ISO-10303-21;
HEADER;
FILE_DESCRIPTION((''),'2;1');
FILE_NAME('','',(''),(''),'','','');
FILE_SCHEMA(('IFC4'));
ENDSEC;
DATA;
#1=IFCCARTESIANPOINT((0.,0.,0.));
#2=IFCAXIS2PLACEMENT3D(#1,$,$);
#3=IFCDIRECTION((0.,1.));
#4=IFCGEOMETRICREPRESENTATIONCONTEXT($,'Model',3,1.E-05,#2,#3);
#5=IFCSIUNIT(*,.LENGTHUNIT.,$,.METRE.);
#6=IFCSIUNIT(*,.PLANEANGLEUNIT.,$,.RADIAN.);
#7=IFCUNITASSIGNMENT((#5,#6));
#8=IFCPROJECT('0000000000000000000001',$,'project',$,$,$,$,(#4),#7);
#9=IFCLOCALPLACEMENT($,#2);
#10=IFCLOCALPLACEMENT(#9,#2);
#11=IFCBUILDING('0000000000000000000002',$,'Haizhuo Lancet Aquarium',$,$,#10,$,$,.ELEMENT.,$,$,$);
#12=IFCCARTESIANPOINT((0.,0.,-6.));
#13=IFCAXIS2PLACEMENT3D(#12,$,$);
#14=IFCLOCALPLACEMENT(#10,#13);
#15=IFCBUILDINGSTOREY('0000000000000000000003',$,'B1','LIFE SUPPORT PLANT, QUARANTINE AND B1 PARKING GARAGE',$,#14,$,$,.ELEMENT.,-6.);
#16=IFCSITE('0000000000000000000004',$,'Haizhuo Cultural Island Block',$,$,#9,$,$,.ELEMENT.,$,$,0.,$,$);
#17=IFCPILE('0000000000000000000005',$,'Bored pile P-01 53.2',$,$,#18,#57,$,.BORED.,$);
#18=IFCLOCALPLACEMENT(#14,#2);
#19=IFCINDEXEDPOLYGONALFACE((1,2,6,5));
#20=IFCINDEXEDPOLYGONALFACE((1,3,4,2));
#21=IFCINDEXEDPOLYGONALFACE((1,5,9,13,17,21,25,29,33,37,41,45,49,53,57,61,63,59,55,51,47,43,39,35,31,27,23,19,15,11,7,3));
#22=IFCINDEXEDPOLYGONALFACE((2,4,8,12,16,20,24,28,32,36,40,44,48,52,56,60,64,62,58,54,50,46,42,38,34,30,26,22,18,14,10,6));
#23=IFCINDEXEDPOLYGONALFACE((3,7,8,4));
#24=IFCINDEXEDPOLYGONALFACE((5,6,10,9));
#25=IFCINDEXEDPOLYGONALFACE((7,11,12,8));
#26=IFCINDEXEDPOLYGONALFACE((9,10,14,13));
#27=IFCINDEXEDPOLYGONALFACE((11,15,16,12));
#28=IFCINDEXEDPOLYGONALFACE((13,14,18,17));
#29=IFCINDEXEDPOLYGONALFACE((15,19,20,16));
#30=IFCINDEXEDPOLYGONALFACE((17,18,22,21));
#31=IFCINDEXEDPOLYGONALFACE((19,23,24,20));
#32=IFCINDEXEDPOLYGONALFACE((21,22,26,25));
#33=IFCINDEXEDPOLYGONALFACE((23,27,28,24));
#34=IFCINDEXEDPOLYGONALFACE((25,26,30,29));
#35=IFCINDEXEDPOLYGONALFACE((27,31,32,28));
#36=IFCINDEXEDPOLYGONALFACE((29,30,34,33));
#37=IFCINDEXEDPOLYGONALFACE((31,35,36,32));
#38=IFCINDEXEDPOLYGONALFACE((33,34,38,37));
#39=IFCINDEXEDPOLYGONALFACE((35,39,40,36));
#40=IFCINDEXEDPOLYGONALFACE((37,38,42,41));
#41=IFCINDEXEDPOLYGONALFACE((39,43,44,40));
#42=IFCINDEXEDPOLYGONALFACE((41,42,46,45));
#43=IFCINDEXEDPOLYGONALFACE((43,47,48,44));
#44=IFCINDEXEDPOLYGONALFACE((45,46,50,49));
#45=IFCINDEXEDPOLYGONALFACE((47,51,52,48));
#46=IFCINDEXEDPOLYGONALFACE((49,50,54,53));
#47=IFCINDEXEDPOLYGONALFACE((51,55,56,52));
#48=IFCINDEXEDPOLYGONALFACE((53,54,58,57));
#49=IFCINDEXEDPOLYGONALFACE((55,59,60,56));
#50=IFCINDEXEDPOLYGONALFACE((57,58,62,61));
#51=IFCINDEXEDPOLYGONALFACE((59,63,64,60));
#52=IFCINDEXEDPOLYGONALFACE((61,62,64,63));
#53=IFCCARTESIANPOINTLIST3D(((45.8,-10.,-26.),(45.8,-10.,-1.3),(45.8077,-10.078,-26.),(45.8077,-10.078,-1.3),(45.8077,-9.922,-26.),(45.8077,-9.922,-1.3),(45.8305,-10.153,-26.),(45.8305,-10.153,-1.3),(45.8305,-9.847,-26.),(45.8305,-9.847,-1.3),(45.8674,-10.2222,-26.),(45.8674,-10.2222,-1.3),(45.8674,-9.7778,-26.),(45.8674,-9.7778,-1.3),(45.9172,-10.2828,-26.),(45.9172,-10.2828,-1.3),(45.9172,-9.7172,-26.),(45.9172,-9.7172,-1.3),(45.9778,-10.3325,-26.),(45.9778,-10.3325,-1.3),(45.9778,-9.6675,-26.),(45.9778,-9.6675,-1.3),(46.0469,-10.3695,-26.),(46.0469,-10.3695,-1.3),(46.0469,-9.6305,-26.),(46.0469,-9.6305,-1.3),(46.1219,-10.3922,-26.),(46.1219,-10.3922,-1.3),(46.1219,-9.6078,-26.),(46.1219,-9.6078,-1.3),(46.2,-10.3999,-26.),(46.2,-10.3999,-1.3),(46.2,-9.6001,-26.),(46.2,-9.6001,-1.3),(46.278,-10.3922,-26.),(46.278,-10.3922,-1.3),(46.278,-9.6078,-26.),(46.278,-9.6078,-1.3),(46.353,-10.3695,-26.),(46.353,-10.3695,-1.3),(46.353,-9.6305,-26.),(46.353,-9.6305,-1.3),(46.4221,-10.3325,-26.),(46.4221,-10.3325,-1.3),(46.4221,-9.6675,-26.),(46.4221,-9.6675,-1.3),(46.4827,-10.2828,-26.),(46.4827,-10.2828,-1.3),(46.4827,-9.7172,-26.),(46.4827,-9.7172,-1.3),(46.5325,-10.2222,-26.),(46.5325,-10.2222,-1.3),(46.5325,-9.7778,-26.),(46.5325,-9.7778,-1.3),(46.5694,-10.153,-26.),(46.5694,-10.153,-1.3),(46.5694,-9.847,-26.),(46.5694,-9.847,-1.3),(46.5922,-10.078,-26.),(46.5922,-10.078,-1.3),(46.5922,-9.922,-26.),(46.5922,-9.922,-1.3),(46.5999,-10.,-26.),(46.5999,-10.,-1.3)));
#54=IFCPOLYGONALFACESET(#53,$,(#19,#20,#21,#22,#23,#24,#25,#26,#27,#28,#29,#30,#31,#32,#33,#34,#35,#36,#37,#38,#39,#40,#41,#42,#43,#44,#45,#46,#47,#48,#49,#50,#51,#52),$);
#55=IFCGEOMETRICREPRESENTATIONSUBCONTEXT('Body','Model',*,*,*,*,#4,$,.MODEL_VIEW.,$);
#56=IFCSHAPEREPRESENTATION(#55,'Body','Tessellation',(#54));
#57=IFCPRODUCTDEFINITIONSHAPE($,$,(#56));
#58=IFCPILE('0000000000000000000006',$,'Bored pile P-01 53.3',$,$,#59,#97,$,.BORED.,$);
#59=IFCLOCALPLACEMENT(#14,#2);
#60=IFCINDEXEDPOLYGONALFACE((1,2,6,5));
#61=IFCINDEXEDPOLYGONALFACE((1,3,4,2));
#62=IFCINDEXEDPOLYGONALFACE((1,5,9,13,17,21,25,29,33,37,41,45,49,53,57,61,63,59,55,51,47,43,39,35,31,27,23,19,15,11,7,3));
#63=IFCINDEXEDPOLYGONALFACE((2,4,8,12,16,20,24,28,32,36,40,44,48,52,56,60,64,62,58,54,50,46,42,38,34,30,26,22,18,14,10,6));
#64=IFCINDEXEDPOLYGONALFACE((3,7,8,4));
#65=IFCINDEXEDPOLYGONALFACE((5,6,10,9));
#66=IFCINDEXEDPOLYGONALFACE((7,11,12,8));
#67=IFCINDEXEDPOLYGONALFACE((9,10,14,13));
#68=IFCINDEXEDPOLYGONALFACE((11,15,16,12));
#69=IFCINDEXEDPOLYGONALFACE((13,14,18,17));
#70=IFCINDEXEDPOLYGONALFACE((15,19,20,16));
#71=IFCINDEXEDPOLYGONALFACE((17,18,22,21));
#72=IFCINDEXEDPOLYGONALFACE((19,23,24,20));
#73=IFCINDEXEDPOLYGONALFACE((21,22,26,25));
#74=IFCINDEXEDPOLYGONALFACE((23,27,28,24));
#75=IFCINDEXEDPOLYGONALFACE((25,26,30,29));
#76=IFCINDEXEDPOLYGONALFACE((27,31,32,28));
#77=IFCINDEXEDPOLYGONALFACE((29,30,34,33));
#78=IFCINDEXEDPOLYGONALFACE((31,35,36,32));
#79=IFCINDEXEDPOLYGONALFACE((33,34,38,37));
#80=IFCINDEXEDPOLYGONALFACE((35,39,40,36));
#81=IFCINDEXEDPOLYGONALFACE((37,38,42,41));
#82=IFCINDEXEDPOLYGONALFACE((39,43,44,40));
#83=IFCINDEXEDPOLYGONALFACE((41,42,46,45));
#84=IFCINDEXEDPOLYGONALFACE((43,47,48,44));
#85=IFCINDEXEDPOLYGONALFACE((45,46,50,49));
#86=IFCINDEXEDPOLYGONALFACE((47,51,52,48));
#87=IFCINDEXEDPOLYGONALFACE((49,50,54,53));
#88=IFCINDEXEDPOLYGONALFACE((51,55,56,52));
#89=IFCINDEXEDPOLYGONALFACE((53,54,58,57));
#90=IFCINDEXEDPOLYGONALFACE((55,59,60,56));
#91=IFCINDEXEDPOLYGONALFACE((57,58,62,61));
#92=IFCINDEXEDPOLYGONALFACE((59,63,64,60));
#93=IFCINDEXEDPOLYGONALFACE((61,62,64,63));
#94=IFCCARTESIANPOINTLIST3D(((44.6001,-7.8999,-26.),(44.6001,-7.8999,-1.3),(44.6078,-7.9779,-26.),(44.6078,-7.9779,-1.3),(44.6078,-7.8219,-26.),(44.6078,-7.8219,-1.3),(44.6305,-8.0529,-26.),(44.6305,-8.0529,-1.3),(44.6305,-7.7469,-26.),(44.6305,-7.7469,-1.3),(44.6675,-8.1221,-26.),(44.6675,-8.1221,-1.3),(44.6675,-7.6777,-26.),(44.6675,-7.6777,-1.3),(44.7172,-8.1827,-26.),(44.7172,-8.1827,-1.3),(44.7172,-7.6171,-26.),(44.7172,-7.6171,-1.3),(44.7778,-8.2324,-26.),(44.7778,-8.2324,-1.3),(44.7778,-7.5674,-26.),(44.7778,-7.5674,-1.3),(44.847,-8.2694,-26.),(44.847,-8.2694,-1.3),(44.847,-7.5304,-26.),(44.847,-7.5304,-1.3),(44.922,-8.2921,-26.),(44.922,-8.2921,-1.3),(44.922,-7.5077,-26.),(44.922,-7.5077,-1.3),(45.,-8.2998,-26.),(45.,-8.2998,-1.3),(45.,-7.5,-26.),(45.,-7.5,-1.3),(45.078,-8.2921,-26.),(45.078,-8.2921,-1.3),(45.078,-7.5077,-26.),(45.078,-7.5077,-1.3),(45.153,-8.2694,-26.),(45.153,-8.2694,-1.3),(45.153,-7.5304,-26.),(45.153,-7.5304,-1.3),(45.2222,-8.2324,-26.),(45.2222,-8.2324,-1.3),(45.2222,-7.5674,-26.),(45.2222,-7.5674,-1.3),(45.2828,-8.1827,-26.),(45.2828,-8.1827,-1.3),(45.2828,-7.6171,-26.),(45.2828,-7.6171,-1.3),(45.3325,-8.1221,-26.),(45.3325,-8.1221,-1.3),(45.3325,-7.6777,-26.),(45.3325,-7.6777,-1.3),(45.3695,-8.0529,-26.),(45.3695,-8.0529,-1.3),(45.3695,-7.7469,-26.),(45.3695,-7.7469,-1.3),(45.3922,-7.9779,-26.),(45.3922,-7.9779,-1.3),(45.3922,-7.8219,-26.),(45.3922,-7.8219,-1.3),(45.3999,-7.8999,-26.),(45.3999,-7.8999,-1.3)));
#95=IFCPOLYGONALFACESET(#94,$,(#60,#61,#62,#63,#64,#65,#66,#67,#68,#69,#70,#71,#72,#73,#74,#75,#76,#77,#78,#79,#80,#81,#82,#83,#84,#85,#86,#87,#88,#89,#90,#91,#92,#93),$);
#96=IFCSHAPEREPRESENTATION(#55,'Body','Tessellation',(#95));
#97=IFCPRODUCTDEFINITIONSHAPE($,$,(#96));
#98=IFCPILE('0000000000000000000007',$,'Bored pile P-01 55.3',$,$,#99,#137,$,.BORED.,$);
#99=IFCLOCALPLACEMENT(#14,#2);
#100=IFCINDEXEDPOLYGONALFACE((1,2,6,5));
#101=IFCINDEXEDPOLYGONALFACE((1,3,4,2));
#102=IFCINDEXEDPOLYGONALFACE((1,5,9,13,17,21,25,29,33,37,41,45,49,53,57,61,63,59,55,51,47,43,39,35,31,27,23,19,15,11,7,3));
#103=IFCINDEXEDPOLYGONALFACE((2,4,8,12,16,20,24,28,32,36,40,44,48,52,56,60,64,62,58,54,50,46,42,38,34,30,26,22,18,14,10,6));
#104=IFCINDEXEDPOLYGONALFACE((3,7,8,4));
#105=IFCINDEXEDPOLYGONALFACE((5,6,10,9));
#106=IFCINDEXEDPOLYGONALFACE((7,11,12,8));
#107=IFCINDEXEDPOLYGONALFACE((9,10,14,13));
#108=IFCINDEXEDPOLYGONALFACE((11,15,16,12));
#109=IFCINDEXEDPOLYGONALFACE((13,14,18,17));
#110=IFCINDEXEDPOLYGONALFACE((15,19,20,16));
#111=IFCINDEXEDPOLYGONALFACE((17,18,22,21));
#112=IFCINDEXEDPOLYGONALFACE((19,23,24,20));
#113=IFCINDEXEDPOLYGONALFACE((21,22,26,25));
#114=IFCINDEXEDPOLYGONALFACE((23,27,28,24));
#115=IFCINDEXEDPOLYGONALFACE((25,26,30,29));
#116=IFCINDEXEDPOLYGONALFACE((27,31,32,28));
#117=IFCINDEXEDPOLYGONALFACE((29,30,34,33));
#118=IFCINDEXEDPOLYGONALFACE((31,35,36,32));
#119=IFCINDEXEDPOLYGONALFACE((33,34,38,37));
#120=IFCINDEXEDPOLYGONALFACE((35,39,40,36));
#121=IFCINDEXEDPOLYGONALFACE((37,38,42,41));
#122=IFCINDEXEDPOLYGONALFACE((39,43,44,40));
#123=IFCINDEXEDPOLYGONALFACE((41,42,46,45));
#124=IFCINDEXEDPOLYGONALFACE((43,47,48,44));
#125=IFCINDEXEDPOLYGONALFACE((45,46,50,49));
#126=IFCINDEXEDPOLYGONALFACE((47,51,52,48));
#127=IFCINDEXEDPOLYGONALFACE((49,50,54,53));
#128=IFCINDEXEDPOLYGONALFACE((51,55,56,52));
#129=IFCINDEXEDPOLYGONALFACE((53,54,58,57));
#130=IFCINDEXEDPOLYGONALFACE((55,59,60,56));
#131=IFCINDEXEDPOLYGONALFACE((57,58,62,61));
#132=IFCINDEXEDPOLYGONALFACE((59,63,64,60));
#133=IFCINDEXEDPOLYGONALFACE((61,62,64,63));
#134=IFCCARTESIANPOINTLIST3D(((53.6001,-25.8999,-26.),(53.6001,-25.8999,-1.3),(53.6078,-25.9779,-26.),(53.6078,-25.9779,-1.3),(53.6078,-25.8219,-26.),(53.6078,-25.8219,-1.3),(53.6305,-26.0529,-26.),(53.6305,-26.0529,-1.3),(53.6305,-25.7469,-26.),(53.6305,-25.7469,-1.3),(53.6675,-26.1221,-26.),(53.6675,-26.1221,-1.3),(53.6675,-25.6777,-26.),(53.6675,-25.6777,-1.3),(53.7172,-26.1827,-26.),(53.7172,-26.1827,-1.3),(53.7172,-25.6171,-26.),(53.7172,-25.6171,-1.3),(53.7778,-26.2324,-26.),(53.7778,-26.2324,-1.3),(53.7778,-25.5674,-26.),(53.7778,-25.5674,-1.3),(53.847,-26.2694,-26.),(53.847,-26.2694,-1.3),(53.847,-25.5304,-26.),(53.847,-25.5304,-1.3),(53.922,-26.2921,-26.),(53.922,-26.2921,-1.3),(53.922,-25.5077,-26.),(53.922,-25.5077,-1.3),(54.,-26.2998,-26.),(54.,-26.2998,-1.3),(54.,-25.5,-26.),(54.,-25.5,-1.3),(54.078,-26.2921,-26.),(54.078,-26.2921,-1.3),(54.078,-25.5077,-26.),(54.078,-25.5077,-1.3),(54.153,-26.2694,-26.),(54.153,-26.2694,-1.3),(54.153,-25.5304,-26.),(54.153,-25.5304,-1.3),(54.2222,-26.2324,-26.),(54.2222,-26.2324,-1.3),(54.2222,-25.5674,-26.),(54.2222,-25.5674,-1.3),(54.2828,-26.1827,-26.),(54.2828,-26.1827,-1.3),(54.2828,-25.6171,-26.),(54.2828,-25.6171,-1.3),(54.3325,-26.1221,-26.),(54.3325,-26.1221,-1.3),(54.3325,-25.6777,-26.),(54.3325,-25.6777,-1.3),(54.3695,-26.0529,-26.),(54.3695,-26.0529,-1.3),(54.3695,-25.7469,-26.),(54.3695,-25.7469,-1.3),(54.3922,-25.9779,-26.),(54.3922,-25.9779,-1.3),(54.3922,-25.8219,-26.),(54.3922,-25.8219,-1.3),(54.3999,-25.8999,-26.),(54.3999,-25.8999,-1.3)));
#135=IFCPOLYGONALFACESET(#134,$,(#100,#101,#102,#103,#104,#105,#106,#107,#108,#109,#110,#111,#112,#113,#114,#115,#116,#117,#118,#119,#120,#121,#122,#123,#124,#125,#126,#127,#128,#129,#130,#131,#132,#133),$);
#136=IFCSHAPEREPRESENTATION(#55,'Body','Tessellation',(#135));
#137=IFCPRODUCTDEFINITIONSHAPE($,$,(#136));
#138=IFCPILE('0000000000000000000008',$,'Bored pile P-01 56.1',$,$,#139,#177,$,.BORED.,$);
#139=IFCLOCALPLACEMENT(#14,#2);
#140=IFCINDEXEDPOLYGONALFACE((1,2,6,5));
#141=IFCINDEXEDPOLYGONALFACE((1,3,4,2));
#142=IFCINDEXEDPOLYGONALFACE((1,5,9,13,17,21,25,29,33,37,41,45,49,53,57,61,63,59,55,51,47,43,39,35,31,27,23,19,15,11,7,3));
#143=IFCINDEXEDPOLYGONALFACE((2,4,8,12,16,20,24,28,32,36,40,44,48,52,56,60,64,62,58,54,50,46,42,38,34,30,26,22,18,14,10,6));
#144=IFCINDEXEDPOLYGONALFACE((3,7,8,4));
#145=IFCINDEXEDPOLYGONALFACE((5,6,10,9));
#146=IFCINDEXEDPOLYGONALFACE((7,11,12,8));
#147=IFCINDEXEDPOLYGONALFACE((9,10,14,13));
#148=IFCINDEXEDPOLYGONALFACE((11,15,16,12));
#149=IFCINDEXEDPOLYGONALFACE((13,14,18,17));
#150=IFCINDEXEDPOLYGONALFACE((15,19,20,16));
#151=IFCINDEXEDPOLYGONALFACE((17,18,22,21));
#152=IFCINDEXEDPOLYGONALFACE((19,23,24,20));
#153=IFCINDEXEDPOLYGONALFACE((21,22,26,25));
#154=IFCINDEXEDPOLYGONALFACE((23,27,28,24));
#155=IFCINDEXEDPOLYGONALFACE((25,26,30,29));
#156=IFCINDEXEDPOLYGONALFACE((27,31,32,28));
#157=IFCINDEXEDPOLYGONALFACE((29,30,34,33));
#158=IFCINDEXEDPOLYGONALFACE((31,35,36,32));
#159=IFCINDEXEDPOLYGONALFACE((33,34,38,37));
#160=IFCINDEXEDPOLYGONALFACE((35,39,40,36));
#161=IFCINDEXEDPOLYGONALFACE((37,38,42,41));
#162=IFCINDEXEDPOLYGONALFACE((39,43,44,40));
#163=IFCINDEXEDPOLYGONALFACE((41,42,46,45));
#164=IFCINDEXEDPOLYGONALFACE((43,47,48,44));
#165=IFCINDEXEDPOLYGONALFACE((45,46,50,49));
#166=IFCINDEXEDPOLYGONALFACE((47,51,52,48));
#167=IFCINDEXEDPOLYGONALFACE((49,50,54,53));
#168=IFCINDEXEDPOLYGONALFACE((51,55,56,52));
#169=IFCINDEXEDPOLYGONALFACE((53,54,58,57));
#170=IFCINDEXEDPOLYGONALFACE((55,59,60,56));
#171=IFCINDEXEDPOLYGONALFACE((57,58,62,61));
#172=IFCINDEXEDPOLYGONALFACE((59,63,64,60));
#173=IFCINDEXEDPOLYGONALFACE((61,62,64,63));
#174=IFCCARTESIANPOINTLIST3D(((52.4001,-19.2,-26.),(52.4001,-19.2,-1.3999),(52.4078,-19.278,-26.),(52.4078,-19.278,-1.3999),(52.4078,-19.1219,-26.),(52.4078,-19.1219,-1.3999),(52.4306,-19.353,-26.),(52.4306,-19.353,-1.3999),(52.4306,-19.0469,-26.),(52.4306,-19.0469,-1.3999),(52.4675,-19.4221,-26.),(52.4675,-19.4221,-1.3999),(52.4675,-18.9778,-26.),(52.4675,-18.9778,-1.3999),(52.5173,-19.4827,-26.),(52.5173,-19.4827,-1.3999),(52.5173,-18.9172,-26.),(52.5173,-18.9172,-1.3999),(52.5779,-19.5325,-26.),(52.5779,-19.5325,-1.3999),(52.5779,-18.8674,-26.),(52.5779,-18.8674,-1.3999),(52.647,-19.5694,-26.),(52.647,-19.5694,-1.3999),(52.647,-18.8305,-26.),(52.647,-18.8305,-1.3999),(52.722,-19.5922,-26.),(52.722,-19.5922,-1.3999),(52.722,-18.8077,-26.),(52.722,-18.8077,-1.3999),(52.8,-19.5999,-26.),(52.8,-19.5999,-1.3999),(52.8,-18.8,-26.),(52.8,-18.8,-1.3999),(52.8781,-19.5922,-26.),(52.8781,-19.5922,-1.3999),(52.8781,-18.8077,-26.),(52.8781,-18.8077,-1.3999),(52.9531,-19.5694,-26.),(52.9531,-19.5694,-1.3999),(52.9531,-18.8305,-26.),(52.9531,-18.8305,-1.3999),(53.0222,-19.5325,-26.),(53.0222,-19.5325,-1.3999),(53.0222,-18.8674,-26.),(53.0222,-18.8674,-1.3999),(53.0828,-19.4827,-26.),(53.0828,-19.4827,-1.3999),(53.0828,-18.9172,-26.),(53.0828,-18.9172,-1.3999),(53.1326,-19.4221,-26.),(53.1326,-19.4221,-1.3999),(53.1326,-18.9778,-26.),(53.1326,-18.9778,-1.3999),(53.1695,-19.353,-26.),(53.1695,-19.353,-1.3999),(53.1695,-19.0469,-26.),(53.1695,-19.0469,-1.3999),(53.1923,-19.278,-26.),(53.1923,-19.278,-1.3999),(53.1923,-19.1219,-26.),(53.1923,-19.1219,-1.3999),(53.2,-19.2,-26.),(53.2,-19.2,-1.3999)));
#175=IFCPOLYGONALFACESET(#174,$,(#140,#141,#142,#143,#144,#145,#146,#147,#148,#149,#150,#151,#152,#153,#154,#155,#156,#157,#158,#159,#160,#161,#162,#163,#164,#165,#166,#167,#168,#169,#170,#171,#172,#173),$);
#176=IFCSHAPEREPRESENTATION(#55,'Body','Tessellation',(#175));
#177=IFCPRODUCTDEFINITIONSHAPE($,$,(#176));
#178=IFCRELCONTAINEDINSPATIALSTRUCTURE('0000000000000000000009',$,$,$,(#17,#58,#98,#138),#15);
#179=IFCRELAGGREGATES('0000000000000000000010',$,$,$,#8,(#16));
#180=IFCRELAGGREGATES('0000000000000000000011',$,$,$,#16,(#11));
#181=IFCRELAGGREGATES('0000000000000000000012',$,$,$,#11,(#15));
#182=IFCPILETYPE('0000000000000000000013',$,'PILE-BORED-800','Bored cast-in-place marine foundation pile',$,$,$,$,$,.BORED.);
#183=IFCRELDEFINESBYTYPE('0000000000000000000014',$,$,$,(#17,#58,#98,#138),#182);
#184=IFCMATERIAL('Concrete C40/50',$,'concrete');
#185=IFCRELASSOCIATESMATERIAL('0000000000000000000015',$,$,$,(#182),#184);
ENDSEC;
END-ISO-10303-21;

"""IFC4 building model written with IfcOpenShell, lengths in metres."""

from ifc_helpers import new_model, si_unit, direction, frame, origin, origin_2d, place, context, subcontext, project, spatial, circle, extrude, material, material_profile, profile_set, type_object, element, save


model = new_model("IFC4")

# Units and contexts
model_context = context("Model", 3, precision=1e-05, world=origin(), true_north=direction((0.0, 1.0)))
body_context = subcontext(model_context, "Body", "Model", "MODEL_VIEW")
ifc_project = project(units=[si_unit("LENGTHUNIT", "METRE"), si_unit("PLANEANGLEUNIT", "RADIAN")], contexts=[model_context])

# Site, building, storey
site_placement = place(None, origin())
site = spatial("IfcSite", under=ifc_project, at=site_placement, Name="Haizhuo Cultural Island Block", CompositionType="ELEMENT", RefElevation=0.0)
building_placement = place(site_placement, origin())
building = spatial("IfcBuilding", under=site, at=building_placement, Name="Haizhuo Lancet Aquarium", CompositionType="ELEMENT")
storey_placement = place(building_placement, frame((0.0, 0.0, -6.0)))
storey = spatial("IfcBuildingStorey", under=building, at=storey_placement, Name="B1", Description="LIFE SUPPORT PLANT, QUARANTINE AND B1 PARKING GARAGE", CompositionType="ELEMENT", Elevation=-6.0)

# Shared definitions
ifc_material_1 = material(Name="Concrete C40/50", Category="concrete")

# Piles
ifc_material_profile_1 = material_profile(ifc_material_1, circle(Radius=0.3999, at=origin_2d()), Name="PILE-800")
ifc_profile_set_1 = profile_set([ifc_material_profile_1], Name="Concrete C40/50")
pile_type = type_object("IfcPileType", Name="PILE-BORED-800", Description="Bored cast-in-place marine foundation pile", PredefinedType="BORED", material=ifc_profile_set_1)
for number, where, z_axis, x_axis, name in (
    (1, (46.2, -10.0, -1.3), (0.0, 0.0, -1.0), (1.0, 0.0, 0.0), "Bored pile P-01 53.2"),
    (2, (45.0, -7.8999, -1.3), (0.0, 0.0, -1.0), (1.0, 0.0, 0.0), "Bored pile P-01 53.3"),
    (3, (54.0, -25.8999, -1.3), (0.0, 0.0, -1.0), (1.0, 0.0, 0.0), "Bored pile P-01 55.3"),
):
    element("IfcPile", number, at=place(storey_placement, frame(where, z_axis=z_axis, x_axis=x_axis)), inside=storey, type_object=pile_type, Name=name, PredefinedType="BORED", context=body_context, shape_type="SweptSolid", body=[
        extrude(circle(Radius=0.3999, at=origin_2d()), origin(), (0.0, 0.0, 1.0), 24.7),
    ])
for number, where, z_axis, x_axis, name in (
    (4, (52.8, -19.2, -1.3999), (0.0, 0.0, -1.0), (1.0, 0.0, 0.0), "Bored pile P-01 56.1"),
):
    element("IfcPile", number, at=place(storey_placement, frame(where, z_axis=z_axis, x_axis=x_axis)), inside=storey, type_object=pile_type, Name=name, PredefinedType="BORED", context=body_context, shape_type="SweptSolid", body=[
        extrude(circle(Radius=0.3999, at=origin_2d()), origin(), (0.0, 0.0, 1.0), 24.6001),
    ])

save(model, "model.ifc")
